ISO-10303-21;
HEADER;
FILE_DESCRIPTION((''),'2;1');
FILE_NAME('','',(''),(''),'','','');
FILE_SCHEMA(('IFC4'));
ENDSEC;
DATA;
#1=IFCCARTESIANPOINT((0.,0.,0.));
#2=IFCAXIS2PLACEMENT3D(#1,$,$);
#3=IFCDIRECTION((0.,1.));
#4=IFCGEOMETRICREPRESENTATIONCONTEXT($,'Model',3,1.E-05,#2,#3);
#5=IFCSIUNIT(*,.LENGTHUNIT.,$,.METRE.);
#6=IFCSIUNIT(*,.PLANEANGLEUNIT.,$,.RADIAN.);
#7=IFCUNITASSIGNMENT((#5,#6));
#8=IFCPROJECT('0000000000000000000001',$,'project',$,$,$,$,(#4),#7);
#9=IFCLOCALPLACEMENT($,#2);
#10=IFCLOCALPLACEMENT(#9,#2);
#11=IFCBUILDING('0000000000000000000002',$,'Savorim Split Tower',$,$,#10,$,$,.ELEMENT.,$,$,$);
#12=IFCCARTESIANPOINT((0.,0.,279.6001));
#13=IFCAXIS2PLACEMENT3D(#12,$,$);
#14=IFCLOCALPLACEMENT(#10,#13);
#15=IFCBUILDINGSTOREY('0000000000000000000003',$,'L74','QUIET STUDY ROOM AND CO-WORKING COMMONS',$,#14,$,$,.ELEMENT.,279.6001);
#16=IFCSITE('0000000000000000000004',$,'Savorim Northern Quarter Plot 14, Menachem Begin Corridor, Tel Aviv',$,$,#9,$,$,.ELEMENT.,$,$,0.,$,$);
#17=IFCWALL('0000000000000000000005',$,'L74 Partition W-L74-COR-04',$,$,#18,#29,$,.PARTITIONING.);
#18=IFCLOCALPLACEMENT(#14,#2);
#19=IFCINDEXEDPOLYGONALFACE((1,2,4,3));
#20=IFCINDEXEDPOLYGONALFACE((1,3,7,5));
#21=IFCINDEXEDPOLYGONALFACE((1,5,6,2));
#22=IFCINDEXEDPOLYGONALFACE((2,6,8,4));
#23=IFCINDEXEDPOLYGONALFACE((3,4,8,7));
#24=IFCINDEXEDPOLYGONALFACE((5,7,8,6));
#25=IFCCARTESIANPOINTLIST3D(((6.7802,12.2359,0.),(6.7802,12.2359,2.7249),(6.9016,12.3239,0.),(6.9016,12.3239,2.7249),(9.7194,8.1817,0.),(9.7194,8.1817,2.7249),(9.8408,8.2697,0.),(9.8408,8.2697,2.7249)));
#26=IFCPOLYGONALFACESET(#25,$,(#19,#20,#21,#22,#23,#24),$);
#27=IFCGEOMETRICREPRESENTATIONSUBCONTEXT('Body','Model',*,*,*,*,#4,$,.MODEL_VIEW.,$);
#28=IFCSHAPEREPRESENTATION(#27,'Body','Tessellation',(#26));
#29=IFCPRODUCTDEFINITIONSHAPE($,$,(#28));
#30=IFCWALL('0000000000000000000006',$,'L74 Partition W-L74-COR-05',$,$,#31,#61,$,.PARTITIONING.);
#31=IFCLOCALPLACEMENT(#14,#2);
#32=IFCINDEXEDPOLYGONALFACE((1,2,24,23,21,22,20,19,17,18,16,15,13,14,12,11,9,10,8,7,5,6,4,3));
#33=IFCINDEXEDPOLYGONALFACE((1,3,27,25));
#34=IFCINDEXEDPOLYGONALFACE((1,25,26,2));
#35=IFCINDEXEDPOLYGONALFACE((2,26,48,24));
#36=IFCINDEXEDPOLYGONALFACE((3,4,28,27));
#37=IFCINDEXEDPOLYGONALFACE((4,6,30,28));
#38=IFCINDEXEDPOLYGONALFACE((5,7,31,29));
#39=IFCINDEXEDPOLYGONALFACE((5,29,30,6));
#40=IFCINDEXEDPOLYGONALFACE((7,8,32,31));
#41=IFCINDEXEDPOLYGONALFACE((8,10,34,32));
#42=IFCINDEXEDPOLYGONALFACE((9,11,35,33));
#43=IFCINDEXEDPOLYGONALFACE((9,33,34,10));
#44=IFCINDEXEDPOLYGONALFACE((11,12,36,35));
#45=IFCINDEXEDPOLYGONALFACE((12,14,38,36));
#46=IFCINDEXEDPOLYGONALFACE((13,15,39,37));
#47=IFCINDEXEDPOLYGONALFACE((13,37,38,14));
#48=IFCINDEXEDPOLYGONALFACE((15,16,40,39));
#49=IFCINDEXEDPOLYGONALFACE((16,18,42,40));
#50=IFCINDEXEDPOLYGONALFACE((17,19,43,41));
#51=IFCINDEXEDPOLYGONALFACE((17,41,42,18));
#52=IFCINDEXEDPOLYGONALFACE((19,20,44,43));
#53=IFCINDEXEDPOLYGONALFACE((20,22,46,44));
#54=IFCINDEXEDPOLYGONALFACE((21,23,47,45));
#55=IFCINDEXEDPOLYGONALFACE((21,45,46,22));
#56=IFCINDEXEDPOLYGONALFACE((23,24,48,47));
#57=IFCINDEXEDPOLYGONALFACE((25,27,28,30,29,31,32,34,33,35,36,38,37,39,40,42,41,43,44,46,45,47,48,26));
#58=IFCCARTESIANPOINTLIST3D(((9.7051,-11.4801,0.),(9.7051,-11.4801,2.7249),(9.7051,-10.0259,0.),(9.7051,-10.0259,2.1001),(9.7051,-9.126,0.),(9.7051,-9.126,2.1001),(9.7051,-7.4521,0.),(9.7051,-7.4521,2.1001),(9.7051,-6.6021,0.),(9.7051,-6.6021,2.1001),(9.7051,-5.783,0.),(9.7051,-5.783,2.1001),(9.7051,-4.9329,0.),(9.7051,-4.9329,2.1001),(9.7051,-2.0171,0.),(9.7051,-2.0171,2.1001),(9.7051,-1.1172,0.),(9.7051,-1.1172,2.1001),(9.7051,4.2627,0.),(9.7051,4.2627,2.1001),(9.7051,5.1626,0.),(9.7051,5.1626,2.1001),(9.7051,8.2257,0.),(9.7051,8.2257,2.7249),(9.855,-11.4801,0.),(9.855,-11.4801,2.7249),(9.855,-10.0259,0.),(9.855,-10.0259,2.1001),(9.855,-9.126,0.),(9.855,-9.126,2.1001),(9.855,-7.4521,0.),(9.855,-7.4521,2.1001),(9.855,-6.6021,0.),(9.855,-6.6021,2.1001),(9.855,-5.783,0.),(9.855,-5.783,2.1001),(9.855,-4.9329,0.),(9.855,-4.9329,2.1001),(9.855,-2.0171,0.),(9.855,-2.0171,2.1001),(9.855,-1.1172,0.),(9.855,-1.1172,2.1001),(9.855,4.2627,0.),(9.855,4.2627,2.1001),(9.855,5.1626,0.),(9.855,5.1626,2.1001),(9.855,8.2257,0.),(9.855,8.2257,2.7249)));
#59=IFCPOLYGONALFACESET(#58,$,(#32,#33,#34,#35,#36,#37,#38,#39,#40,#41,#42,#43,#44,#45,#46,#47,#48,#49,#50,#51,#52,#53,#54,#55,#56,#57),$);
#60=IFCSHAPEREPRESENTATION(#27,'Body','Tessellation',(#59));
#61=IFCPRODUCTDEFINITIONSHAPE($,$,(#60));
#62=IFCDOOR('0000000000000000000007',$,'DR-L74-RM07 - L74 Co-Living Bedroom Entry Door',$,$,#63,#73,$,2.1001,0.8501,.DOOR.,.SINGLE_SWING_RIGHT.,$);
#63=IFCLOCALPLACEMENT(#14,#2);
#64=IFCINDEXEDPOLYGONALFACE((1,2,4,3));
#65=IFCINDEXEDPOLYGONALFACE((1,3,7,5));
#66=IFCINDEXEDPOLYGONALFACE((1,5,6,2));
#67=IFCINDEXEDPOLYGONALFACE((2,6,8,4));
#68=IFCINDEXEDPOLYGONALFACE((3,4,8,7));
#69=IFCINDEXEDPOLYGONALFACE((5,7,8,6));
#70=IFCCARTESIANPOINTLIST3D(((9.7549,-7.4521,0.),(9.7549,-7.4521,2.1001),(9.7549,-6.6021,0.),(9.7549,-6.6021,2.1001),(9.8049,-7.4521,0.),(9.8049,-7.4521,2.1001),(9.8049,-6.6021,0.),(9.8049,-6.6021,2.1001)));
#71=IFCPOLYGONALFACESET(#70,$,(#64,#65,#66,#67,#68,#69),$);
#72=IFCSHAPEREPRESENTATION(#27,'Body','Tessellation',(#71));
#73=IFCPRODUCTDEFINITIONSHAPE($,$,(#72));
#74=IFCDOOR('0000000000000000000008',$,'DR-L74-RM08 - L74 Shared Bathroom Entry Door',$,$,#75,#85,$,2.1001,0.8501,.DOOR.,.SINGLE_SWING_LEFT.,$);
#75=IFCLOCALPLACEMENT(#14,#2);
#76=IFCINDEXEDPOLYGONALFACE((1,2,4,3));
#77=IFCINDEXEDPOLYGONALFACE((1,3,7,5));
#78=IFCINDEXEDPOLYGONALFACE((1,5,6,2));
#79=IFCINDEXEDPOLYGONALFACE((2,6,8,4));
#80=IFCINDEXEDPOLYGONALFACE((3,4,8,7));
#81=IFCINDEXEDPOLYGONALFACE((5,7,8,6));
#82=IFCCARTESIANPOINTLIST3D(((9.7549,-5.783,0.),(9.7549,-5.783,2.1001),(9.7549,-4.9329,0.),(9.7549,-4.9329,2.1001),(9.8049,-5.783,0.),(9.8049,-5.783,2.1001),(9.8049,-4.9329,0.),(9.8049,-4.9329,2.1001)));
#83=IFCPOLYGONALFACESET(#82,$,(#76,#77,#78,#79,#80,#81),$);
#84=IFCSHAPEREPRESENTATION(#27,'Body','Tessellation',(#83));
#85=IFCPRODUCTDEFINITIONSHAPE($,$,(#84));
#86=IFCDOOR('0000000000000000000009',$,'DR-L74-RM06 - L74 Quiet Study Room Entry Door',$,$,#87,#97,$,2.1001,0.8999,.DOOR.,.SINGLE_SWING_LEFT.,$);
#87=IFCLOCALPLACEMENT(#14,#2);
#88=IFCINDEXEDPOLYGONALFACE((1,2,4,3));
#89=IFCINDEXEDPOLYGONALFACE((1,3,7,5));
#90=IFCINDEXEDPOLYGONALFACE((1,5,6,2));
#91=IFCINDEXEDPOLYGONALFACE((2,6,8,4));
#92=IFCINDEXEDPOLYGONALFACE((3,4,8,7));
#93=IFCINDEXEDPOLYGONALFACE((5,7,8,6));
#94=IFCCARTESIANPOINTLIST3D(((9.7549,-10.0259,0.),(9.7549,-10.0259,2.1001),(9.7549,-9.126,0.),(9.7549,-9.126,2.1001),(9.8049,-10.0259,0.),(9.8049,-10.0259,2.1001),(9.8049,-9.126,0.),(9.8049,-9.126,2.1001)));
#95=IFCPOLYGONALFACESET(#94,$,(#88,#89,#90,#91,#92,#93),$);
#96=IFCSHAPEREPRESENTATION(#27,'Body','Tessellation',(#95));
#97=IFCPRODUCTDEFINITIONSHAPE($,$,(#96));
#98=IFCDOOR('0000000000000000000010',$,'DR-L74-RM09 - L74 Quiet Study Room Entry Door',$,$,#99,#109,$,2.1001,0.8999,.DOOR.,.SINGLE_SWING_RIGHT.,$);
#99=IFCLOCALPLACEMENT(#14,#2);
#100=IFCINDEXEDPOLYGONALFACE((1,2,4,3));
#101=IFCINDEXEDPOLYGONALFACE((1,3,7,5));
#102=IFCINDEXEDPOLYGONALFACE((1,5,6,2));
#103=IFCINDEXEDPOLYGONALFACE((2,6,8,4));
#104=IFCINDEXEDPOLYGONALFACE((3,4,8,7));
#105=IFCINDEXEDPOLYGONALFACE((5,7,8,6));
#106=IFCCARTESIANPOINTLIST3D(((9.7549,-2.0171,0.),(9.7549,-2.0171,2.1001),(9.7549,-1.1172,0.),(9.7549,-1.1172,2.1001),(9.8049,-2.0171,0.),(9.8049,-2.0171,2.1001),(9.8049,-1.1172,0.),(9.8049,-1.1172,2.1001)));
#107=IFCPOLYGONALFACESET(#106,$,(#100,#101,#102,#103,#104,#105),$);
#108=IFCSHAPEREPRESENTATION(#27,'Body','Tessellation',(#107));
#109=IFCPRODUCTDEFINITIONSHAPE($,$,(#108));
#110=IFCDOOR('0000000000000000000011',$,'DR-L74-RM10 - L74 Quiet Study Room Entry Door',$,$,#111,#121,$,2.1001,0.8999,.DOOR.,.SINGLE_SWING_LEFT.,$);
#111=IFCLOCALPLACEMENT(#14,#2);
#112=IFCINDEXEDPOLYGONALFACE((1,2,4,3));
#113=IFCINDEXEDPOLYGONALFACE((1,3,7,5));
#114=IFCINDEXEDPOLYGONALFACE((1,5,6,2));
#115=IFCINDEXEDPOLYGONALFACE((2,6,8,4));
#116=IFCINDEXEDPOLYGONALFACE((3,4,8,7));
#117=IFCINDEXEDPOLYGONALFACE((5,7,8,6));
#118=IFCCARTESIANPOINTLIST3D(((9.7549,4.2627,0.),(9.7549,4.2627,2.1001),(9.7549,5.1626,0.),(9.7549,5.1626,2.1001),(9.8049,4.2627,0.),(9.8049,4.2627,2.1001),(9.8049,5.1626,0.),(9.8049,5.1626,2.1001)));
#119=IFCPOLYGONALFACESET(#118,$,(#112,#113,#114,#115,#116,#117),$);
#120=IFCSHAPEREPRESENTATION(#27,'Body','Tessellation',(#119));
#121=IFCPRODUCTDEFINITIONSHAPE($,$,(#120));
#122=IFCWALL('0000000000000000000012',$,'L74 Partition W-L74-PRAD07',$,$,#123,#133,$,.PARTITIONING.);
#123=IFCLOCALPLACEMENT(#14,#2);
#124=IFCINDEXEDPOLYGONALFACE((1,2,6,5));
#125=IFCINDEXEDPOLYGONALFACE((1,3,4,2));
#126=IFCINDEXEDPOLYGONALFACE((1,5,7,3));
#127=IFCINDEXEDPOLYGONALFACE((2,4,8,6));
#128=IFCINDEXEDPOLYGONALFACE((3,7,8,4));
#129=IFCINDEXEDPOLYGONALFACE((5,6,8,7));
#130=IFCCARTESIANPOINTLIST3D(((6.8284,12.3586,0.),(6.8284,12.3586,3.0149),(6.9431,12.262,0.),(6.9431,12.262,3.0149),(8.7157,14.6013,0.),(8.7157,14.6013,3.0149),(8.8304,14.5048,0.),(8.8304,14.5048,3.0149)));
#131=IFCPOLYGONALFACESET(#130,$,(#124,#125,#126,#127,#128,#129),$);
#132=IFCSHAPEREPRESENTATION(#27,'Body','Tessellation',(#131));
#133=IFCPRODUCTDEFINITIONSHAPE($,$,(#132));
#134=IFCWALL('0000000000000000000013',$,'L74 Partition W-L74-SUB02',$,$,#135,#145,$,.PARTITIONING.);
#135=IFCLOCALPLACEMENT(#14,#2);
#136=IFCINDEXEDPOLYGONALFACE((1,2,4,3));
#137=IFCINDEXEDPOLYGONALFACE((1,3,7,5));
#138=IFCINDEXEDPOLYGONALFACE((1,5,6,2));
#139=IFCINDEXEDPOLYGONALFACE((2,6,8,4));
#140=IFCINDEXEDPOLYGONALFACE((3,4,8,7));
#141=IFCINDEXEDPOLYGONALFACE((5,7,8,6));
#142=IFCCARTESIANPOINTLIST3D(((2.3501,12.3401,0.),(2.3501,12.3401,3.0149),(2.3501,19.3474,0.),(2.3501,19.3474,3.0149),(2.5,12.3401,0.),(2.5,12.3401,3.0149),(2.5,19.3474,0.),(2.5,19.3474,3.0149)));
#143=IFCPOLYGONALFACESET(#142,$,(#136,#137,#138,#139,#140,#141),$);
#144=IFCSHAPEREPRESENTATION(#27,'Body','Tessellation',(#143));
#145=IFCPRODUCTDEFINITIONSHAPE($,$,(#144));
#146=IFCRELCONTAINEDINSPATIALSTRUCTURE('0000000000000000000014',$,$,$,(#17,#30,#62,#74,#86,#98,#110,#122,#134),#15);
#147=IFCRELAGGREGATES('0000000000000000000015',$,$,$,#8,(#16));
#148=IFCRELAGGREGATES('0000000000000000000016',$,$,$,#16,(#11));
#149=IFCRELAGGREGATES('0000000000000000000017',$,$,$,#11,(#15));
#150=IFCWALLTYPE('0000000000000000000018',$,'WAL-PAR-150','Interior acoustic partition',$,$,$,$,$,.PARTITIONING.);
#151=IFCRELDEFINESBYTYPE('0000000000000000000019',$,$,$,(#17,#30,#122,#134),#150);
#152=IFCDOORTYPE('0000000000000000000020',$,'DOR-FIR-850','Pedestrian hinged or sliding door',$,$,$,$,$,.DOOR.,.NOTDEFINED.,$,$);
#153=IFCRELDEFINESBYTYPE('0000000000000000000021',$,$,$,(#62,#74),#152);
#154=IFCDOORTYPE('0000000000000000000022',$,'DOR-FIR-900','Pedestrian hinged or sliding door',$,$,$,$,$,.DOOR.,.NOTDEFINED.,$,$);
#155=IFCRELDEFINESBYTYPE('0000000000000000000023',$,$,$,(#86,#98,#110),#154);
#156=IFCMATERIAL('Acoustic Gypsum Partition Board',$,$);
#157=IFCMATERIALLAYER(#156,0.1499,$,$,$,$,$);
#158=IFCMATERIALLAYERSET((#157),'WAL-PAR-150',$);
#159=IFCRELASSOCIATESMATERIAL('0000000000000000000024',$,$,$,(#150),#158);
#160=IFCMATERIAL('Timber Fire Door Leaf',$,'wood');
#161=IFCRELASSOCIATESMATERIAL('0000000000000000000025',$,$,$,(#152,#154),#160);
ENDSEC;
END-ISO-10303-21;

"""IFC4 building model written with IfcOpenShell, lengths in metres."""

from ifc_helpers import new_model, si_unit, direction, frame, frame_2d, origin, place, context, subcontext, project, spatial, rectangle, extrude, material, layer, layer_set, type_object, element, fill, save


model = new_model("IFC4")

# Units and contexts
model_context = context("Model", 3, precision=1e-05, world=origin(), true_north=direction((0.0, 1.0)))
body_context = subcontext(model_context, "Body", "Model", "MODEL_VIEW")
ifc_project = project(units=[si_unit("LENGTHUNIT", "METRE"), si_unit("PLANEANGLEUNIT", "RADIAN")], contexts=[model_context])

# Site, building, storey
site_placement = place(None, origin())
site = spatial("IfcSite", under=ifc_project, at=site_placement, Name="Savorim Northern Quarter Plot 14, Menachem Begin Corridor, Tel Aviv", CompositionType="ELEMENT", RefElevation=0.0)
building_placement = place(site_placement, origin())
building = spatial("IfcBuilding", under=site, at=building_placement, Name="Savorim Split Tower", CompositionType="ELEMENT")
storey_placement = place(building_placement, frame((0.0, 0.0, 279.6001)))
storey = spatial("IfcBuildingStorey", under=building, at=storey_placement, Name="L74", Description="QUIET STUDY ROOM AND CO-WORKING COMMONS", CompositionType="ELEMENT", Elevation=279.6001)

# Shared definitions
ifc_material_1 = material(Name="Timber Fire Door Leaf", Category="wood")

# Wall
ifc_material_2 = material(Name="Acoustic Gypsum Partition Board")
ifc_layer_1 = layer(ifc_material_2, 0.1499)
ifc_layer_set_1 = layer_set([ifc_layer_1], Name="WAL-PAR-150")
wall_type_1 = type_object("IfcWallType", Name="WAL-PAR-150", Description="Interior acoustic partition", PredefinedType="PARTITIONING", material=ifc_layer_set_1)
wall_1_placement = place(storey_placement, frame((6.8408, 12.28, 0.0), z_axis=(0.0, 0.0, 1.0), x_axis=(0.586956, -0.809619, 0.0)))
element("IfcWall", 1, at=wall_1_placement, inside=storey, type_object=wall_type_1, Name="L74 Partition W-L74-COR-04", PredefinedType="PARTITIONING", context=body_context, shape_type="SweptSolid", body=[
    extrude(rectangle(XDim=5.0076, YDim=0.1499, at=frame_2d((2.5039, 0.0))), origin(), (0.0, 0.0, 1.0), 2.7249),
])

# Wall, openings, doors
wall_2_placement = place(storey_placement, frame((9.78, 8.2258, 0.0), z_axis=(0.0, 0.0, 1.0), x_axis=(0.0, -1.0, 0.0)))
wall_2 = element("IfcWall", 2, at=wall_2_placement, inside=storey, type_object=wall_type_1, Name="L74 Partition W-L74-COR-05", PredefinedType="PARTITIONING", context=body_context, shape_type="SweptSolid", body=[
    extrude(rectangle(XDim=19.7058, YDim=0.1499, at=frame_2d((9.853, 0.0))), origin(), (0.0, 0.0, 1.0), 2.7249),
])
opening_1_placement = place(wall_2_placement, frame((17.3518, 0.0, 0.0)))
opening_1 = element("IfcOpeningElement", 3, at=opening_1_placement, cuts=wall_2, PredefinedType="OPENING", context=body_context, shape_type="SweptSolid", body=[
    extrude(rectangle(XDim=0.8999, YDim=2.1001, at=frame_2d((0.45, 1.05))), frame((0.0, 0.085, 0.0), z_axis=(0.0, -1.0, 0.0), x_axis=(1.0, 0.0, 0.0)), (0.0, 0.0, 1.0), 0.1699),
])
opening_2_placement = place(wall_2_placement, frame((14.8279, 0.0, 0.0)))
opening_2 = element("IfcOpeningElement", 4, at=opening_2_placement, cuts=wall_2, PredefinedType="OPENING", context=body_context, shape_type="SweptSolid", body=[
    extrude(rectangle(XDim=0.8501, YDim=2.1001, at=frame_2d((0.425, 1.05))), frame((0.0, 0.085, 0.0), z_axis=(0.0, -1.0, 0.0), x_axis=(1.0, 0.0, 0.0)), (0.0, 0.0, 1.0), 0.1699),
])
opening_3_placement = place(wall_2_placement, frame((13.1587, 0.0, 0.0)))
opening_3 = element("IfcOpeningElement", 5, at=opening_3_placement, cuts=wall_2, PredefinedType="OPENING", context=body_context, shape_type="SweptSolid", body=[
    extrude(rectangle(XDim=0.8501, YDim=2.1001, at=frame_2d((0.425, 1.05))), frame((0.0, 0.085, 0.0), z_axis=(0.0, -1.0, 0.0), x_axis=(1.0, 0.0, 0.0)), (0.0, 0.0, 1.0), 0.1699),
])
opening_4_placement = place(wall_2_placement, frame((9.343, 0.0, 0.0)))
opening_4 = element("IfcOpeningElement", 6, at=opening_4_placement, cuts=wall_2, PredefinedType="OPENING", context=body_context, shape_type="SweptSolid", body=[
    extrude(rectangle(XDim=0.8999, YDim=2.1001, at=frame_2d((0.45, 1.05))), frame((0.0, 0.085, 0.0), z_axis=(0.0, -1.0, 0.0), x_axis=(1.0, 0.0, 0.0)), (0.0, 0.0, 1.0), 0.1699),
])
opening_5_placement = place(wall_2_placement, frame((3.0632, 0.0, 0.0)))
opening_5 = element("IfcOpeningElement", 7, at=opening_5_placement, cuts=wall_2, PredefinedType="OPENING", context=body_context, shape_type="SweptSolid", body=[
    extrude(rectangle(XDim=0.8999, YDim=2.1001, at=frame_2d((0.45, 1.05))), frame((0.0, 0.085, 0.0), z_axis=(0.0, -1.0, 0.0), x_axis=(1.0, 0.0, 0.0)), (0.0, 0.0, 1.0), 0.1699),
])
door_type_1 = type_object("IfcDoorType", Name="DOR-FIR-850", Description="Pedestrian hinged or sliding door", OperationType="NOTDEFINED", PredefinedType="DOOR", material=ifc_material_1)
door_1_placement = place(opening_2_placement, origin())
door_1 = element("IfcDoor", 8, at=door_1_placement, inside=storey, type_object=door_type_1, Name="DR-L74-RM07 - L74 Co-Living Bedroom Entry Door", OperationType="SINGLE_SWING_RIGHT", OverallHeight=2.1001, OverallWidth=0.8501, PredefinedType="DOOR", context=body_context, shape_type="SweptSolid", body=[
    extrude(rectangle(XDim=0.8501, YDim=2.1001, at=frame_2d((0.425, 1.05))), frame((0.0, 0.0249, 0.0), z_axis=(0.0, -1.0, 0.0), x_axis=(1.0, 0.0, 0.0)), (0.0, 0.0, 1.0), 0.05),
])
fill(opening_2, door_1)
door_2_placement = place(opening_3_placement, origin())
door_2 = element("IfcDoor", 9, at=door_2_placement, inside=storey, type_object=door_type_1, Name="DR-L74-RM08 - L74 Shared Bathroom Entry Door", OperationType="SINGLE_SWING_LEFT", OverallHeight=2.1001, OverallWidth=0.8501, PredefinedType="DOOR", context=body_context, shape_type="SweptSolid", body=[
    extrude(rectangle(XDim=0.8501, YDim=2.1001, at=frame_2d((0.425, 1.05))), frame((0.0, 0.0249, 0.0), z_axis=(0.0, -1.0, 0.0), x_axis=(1.0, 0.0, 0.0)), (0.0, 0.0, 1.0), 0.05),
])
fill(opening_3, door_2)
door_type_2 = type_object("IfcDoorType", Name="DOR-FIR-900", Description="Pedestrian hinged or sliding door", OperationType="NOTDEFINED", PredefinedType="DOOR", material=ifc_material_1)
door_3_placement = place(opening_1_placement, origin())
door_3 = element("IfcDoor", 10, at=door_3_placement, inside=storey, type_object=door_type_2, Name="DR-L74-RM06 - L74 Quiet Study Room Entry Door", OperationType="SINGLE_SWING_LEFT", OverallHeight=2.1001, OverallWidth=0.8999, PredefinedType="DOOR", context=body_context, shape_type="SweptSolid", body=[
    extrude(rectangle(XDim=0.8999, YDim=2.1001, at=frame_2d((0.45, 1.05))), frame((0.0, 0.0249, 0.0), z_axis=(0.0, -1.0, 0.0), x_axis=(1.0, 0.0, 0.0)), (0.0, 0.0, 1.0), 0.05),
])
fill(opening_1, door_3)
door_4_placement = place(opening_4_placement, origin())
door_4 = element("IfcDoor", 11, at=door_4_placement, inside=storey, type_object=door_type_2, Name="DR-L74-RM09 - L74 Quiet Study Room Entry Door", OperationType="SINGLE_SWING_RIGHT", OverallHeight=2.1001, OverallWidth=0.8999, PredefinedType="DOOR", context=body_context, shape_type="SweptSolid", body=[
    extrude(rectangle(XDim=0.8999, YDim=2.1001, at=frame_2d((0.45, 1.05))), frame((0.0, 0.0249, 0.0), z_axis=(0.0, -1.0, 0.0), x_axis=(1.0, 0.0, 0.0)), (0.0, 0.0, 1.0), 0.05),
])
fill(opening_4, door_4)
door_5_placement = place(opening_5_placement, origin())
door_5 = element("IfcDoor", 12, at=door_5_placement, inside=storey, type_object=door_type_2, Name="DR-L74-RM10 - L74 Quiet Study Room Entry Door", OperationType="SINGLE_SWING_LEFT", OverallHeight=2.1001, OverallWidth=0.8999, PredefinedType="DOOR", context=body_context, shape_type="SweptSolid", body=[
    extrude(rectangle(XDim=0.8999, YDim=2.1001, at=frame_2d((0.45, 1.05))), frame((0.0, 0.0249, 0.0), z_axis=(0.0, -1.0, 0.0), x_axis=(1.0, 0.0, 0.0)), (0.0, 0.0, 1.0), 0.05),
])
fill(opening_5, door_5)

# Walls
wall_3_placement = place(storey_placement, frame((6.8857, 12.3103, 0.0), z_axis=(0.0, 0.0, 1.0), x_axis=(0.643864, 0.76514, 0.0)))
element("IfcWall", 13, at=wall_3_placement, inside=storey, type_object=wall_type_1, Name="L74 Partition W-L74-PRAD07", PredefinedType="PARTITIONING", context=body_context, shape_type="SweptSolid", body=[
    extrude(rectangle(XDim=2.9312, YDim=0.1499, at=frame_2d((1.4656, 0.0))), origin(), (0.0, 0.0, 1.0), 3.0149),
])
wall_4_placement = place(storey_placement, frame((2.425, 12.3401, 0.0), z_axis=(0.0, 0.0, 1.0), x_axis=(0.0, 1.0, 0.0)))
element("IfcWall", 14, at=wall_4_placement, inside=storey, type_object=wall_type_1, Name="L74 Partition W-L74-SUB02", PredefinedType="PARTITIONING", context=body_context, shape_type="SweptSolid", body=[
    extrude(rectangle(XDim=7.0073, YDim=0.1499, at=frame_2d((3.5037, 0.0))), origin(), (0.0, 0.0, 1.0), 3.0149),
])

save(model, "model.ifc")
